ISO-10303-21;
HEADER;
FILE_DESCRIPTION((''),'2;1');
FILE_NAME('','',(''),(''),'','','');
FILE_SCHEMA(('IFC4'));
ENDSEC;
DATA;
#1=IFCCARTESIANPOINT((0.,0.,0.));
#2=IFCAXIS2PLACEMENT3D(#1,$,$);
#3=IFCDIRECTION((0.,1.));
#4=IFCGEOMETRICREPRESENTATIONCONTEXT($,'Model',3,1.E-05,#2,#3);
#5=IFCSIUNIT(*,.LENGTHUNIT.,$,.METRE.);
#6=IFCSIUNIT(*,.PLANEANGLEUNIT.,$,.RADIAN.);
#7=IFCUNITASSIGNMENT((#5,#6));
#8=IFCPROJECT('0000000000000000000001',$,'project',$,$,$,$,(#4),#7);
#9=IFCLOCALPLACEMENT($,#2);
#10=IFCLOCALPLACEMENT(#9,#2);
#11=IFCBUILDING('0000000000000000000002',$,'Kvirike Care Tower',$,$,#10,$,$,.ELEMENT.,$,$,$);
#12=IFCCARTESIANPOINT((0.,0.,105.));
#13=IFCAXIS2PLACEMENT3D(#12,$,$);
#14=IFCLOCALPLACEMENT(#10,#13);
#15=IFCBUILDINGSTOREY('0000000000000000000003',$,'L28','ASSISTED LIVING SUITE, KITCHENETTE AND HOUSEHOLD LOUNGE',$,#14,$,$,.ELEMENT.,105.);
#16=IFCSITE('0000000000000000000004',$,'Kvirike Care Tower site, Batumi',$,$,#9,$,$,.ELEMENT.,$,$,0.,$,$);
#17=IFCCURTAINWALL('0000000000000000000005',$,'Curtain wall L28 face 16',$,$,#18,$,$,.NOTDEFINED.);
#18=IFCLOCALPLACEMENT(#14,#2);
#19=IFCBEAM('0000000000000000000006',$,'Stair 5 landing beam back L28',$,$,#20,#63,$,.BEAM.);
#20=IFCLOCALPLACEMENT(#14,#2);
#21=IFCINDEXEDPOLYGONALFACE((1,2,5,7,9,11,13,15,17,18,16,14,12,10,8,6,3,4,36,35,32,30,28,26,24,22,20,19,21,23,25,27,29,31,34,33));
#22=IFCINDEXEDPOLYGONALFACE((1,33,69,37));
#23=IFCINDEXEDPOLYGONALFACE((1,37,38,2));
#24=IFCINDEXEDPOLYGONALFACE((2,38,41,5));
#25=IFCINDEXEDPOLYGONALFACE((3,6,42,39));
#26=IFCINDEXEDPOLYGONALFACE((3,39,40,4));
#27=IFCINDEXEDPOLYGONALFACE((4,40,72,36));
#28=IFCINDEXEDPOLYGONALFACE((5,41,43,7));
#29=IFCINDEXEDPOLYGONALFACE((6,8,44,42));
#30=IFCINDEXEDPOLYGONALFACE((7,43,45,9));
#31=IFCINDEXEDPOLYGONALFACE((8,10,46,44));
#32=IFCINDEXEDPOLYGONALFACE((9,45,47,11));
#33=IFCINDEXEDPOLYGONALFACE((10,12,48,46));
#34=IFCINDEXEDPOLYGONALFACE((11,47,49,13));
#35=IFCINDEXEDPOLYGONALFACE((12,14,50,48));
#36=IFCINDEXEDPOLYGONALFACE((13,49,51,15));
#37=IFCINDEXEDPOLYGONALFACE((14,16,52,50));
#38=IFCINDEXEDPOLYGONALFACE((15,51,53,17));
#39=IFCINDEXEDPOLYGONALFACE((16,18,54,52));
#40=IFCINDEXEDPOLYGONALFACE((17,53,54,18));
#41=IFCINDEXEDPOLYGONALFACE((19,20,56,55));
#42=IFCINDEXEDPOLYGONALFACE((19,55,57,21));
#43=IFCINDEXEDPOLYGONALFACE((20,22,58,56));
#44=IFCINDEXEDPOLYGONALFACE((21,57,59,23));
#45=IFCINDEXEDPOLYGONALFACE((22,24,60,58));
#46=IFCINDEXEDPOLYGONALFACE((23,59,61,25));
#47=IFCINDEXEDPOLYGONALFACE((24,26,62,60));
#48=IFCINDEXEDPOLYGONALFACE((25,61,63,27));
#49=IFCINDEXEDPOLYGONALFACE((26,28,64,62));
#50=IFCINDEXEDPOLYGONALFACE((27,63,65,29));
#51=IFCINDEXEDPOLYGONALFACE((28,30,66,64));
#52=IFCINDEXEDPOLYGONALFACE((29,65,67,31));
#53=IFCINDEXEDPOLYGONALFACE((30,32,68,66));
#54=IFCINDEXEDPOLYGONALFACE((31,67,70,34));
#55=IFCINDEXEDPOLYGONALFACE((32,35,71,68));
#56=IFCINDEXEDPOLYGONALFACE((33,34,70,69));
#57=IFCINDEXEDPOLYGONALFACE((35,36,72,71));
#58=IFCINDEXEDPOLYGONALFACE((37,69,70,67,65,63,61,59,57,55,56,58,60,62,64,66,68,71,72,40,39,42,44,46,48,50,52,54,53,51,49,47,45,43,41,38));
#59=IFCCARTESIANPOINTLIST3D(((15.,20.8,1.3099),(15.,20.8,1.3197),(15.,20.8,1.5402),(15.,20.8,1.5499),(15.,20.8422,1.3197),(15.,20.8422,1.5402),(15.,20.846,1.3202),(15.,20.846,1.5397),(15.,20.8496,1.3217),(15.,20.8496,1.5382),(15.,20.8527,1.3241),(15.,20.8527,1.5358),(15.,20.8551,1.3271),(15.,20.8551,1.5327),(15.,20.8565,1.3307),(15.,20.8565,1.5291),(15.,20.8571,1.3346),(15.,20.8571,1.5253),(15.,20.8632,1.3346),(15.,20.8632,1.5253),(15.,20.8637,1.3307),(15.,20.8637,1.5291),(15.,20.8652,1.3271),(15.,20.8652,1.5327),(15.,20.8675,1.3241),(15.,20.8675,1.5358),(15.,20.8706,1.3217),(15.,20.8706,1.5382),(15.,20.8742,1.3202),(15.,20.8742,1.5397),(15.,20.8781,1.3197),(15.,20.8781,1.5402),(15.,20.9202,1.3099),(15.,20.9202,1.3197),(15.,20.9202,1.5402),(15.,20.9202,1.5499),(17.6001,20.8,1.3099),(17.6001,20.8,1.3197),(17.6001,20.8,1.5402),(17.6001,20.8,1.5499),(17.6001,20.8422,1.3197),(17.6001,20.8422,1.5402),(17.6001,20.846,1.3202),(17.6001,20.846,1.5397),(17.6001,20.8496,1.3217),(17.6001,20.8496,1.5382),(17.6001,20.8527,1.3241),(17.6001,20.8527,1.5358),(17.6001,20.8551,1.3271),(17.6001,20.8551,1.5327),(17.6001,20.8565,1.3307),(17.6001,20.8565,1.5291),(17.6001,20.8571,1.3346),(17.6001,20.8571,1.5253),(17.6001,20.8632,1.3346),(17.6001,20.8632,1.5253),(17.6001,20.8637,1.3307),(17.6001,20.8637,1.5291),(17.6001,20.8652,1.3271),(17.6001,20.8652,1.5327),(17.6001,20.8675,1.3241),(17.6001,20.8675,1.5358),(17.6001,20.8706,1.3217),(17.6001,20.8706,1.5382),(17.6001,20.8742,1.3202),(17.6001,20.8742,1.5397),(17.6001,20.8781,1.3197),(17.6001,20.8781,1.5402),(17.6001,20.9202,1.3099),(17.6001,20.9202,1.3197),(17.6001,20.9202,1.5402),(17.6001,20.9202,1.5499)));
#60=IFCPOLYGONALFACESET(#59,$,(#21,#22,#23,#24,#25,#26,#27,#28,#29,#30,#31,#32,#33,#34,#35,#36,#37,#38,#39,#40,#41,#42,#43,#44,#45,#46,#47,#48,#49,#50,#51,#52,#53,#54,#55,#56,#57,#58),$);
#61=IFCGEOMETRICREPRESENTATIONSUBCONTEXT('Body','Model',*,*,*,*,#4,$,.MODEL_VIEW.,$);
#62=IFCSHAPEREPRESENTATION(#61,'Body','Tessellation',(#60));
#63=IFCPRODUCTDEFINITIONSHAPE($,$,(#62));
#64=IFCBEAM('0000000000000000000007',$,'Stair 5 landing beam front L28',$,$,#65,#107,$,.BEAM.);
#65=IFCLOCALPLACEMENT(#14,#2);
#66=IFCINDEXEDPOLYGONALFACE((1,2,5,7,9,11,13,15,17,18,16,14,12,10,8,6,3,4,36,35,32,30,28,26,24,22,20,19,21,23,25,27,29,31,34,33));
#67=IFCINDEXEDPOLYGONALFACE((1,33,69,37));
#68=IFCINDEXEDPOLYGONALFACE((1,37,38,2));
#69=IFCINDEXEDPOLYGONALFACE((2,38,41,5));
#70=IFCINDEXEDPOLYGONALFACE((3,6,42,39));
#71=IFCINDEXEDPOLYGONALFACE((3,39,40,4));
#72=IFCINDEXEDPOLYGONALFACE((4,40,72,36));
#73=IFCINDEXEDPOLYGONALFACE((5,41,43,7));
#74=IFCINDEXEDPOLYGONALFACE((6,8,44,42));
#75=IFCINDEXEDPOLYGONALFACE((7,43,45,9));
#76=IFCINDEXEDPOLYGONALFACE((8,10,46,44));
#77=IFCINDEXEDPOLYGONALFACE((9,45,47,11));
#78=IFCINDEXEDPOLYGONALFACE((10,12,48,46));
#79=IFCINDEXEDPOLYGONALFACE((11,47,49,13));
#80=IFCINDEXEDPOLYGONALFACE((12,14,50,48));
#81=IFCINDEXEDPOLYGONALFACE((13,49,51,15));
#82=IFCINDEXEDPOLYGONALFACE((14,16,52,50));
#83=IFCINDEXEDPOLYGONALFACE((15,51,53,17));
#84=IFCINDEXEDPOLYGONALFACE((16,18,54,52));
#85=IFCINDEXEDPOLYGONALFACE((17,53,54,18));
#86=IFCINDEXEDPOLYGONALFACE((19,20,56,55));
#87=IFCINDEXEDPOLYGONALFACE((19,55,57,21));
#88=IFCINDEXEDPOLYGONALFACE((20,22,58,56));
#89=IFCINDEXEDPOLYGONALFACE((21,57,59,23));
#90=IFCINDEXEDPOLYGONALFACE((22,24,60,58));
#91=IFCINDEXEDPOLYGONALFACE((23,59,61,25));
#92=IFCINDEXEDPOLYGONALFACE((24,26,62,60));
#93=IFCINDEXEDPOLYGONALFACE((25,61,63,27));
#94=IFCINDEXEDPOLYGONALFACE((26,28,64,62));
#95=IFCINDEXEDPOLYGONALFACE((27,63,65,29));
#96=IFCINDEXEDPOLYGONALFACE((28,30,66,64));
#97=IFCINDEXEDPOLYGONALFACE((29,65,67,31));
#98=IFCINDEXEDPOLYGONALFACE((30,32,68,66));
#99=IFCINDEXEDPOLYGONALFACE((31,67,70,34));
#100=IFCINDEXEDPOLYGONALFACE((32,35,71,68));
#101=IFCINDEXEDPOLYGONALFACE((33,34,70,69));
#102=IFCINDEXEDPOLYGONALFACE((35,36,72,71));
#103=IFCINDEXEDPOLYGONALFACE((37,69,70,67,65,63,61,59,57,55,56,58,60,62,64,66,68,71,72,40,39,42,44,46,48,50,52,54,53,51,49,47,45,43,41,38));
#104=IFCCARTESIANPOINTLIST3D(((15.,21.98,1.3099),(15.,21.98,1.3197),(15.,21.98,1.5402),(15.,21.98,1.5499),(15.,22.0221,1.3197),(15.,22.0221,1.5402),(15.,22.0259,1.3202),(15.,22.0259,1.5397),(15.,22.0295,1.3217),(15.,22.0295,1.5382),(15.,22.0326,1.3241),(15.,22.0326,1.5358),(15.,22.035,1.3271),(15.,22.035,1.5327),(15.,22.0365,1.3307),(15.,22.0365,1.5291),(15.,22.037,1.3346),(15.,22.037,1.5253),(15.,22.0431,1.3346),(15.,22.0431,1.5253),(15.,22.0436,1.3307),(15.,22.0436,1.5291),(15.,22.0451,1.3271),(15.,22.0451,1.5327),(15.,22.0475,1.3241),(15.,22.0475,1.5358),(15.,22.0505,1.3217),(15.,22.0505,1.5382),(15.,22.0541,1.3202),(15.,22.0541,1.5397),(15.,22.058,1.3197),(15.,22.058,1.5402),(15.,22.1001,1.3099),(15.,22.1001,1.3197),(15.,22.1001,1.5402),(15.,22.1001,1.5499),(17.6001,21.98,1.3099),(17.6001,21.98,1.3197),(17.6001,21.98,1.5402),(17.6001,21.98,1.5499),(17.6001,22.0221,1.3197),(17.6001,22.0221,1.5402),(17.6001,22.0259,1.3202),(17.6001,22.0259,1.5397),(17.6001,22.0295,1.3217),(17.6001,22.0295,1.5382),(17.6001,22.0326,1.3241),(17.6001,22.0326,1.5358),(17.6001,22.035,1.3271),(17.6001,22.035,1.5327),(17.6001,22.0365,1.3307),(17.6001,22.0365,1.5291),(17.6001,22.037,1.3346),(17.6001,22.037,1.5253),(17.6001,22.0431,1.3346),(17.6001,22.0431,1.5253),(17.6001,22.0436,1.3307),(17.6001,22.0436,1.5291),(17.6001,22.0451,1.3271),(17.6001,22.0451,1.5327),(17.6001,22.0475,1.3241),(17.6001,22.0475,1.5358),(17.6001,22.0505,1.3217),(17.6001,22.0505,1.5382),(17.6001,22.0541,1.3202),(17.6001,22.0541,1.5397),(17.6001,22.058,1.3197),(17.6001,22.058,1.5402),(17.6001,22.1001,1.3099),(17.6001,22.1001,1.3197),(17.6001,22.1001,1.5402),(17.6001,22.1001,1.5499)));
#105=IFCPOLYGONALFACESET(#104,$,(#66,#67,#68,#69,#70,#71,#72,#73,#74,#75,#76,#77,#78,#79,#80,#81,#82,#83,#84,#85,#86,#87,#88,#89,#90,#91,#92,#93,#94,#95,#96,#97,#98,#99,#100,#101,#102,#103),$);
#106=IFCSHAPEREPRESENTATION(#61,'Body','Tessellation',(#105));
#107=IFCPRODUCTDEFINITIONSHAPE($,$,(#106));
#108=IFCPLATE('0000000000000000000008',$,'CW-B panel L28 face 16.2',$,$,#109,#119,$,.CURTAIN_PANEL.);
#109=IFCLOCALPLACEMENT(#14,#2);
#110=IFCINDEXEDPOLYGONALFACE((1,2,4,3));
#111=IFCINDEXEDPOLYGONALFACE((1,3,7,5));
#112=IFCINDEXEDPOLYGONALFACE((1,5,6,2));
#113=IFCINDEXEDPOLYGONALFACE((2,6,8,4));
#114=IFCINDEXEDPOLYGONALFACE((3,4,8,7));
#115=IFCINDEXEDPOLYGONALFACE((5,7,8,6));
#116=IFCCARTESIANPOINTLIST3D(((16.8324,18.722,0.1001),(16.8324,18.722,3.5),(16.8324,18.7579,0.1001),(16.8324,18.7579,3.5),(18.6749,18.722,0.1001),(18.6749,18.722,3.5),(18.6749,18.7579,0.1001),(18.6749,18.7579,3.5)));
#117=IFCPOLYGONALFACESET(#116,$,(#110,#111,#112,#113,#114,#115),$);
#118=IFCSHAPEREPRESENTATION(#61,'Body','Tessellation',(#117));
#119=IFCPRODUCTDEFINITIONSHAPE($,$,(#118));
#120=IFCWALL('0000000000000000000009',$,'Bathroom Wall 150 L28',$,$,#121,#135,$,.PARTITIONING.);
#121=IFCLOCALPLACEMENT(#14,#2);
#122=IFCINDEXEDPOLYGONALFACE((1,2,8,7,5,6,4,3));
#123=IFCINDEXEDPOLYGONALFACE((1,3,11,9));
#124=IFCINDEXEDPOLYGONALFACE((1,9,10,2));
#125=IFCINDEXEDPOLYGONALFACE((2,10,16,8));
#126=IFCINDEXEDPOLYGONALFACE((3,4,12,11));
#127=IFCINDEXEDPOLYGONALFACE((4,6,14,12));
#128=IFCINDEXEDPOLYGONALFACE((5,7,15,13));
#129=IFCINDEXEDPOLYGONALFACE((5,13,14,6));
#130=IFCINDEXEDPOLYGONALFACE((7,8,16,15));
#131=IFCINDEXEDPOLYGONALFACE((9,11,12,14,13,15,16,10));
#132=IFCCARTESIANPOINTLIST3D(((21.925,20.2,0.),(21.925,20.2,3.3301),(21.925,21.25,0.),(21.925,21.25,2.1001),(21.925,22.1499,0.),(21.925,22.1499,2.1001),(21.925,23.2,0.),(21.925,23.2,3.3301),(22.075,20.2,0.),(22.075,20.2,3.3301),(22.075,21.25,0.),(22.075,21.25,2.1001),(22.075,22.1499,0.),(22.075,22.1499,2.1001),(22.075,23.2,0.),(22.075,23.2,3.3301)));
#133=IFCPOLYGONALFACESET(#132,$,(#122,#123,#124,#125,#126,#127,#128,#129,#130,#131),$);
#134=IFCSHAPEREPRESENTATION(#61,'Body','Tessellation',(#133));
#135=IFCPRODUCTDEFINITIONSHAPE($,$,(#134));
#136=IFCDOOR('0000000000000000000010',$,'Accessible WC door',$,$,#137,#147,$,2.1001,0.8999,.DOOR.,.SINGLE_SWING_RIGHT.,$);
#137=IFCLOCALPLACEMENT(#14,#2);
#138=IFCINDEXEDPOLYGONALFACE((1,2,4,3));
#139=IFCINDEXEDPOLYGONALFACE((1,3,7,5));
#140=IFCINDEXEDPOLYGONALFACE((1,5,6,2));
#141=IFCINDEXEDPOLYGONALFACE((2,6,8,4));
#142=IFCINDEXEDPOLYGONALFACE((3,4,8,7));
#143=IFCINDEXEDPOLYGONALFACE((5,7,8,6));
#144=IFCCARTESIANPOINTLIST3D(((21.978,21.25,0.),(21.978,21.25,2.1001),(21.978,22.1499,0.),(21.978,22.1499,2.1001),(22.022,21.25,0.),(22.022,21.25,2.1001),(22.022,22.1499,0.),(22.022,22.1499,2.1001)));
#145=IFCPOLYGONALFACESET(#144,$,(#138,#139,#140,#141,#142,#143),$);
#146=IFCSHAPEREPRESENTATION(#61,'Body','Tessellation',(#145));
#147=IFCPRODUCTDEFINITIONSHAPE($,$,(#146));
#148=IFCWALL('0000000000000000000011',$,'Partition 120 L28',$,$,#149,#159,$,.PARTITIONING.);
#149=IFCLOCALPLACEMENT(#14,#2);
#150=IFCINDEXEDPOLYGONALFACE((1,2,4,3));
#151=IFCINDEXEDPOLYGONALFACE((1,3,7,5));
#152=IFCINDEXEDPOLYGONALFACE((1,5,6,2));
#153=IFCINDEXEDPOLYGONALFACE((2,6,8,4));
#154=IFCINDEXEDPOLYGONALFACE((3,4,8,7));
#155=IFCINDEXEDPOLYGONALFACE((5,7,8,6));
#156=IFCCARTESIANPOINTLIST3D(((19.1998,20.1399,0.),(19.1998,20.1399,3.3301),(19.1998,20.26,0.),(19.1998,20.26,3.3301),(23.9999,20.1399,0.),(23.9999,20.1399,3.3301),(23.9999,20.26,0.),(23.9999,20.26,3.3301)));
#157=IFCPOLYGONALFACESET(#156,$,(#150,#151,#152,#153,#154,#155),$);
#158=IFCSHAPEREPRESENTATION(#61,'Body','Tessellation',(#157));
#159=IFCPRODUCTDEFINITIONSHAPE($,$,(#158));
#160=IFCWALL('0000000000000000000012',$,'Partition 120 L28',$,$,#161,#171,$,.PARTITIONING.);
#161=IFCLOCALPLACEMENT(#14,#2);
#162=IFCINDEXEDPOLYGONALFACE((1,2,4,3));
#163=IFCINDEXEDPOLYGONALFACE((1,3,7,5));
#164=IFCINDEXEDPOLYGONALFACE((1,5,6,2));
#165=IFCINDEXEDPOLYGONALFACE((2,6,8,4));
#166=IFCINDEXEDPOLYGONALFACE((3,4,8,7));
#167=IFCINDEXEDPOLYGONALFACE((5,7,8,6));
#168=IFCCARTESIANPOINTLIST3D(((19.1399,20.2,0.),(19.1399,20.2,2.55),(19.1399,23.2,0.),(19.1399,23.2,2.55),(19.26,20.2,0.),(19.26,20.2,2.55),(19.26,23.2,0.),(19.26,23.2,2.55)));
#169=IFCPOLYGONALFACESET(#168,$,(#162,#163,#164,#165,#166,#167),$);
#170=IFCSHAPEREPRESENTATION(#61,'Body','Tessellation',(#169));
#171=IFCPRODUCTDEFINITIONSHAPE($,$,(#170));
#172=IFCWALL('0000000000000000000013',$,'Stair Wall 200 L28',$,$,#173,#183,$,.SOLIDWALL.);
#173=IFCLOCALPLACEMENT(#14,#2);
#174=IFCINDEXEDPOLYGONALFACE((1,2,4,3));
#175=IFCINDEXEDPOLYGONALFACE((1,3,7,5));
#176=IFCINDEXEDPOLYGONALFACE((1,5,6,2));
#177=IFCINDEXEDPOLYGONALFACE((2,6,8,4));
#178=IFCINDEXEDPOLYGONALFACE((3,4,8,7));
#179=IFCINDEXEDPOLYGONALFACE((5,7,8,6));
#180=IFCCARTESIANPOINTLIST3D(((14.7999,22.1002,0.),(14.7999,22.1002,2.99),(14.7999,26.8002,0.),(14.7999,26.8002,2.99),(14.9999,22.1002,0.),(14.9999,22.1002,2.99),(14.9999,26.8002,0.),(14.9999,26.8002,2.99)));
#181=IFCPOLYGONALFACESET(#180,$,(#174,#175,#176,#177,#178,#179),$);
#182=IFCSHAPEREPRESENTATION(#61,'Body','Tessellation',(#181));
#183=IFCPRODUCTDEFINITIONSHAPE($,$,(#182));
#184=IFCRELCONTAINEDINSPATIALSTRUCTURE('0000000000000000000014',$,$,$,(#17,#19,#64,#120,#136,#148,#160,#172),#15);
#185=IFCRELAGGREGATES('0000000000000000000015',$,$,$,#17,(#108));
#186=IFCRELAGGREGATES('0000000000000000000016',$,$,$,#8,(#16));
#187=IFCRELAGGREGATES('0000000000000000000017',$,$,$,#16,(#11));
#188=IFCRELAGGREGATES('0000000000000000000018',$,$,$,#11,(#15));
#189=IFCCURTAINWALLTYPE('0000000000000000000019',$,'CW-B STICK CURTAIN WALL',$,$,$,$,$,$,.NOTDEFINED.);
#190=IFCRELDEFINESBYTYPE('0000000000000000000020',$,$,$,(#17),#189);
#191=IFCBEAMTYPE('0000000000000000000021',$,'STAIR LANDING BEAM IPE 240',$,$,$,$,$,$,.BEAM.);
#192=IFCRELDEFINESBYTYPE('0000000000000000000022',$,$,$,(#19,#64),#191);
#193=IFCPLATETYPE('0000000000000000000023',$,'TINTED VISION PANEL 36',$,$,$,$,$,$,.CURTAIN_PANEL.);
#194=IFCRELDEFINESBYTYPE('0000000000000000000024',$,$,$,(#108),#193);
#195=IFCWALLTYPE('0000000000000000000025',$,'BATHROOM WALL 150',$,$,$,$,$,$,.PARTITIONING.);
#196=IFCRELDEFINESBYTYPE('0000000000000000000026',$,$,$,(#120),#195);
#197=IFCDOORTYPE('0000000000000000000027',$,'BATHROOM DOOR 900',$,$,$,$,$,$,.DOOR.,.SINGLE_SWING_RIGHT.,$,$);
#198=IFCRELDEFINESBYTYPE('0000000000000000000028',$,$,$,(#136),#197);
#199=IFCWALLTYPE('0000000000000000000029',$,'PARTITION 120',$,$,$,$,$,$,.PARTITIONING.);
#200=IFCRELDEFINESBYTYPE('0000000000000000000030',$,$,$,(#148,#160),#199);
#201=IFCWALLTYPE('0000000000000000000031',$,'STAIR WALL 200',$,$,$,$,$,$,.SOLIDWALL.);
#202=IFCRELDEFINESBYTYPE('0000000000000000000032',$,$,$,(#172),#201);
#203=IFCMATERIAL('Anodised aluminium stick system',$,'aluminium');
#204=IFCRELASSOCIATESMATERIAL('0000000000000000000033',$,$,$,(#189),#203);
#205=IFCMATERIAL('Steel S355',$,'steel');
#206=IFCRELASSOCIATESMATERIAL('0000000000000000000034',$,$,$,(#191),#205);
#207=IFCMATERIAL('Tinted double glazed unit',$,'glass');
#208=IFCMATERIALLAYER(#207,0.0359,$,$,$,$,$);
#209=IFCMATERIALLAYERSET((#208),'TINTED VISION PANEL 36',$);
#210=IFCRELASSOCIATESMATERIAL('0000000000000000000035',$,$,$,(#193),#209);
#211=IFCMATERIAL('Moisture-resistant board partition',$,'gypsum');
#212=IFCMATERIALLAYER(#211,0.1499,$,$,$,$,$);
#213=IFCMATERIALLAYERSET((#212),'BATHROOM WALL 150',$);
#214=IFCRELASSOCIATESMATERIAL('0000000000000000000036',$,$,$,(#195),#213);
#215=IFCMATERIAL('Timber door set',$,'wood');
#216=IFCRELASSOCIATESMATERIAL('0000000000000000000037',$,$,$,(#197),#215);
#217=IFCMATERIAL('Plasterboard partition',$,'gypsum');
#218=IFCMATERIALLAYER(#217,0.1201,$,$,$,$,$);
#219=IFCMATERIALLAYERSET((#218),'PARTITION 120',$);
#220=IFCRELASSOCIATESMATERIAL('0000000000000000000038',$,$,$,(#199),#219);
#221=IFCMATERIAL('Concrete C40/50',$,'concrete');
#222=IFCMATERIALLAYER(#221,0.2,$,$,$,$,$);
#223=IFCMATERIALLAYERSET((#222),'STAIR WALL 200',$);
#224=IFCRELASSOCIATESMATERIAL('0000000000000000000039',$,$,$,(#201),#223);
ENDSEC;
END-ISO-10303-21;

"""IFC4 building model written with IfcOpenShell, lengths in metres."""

from ifc_helpers import new_model, si_unit, direction, frame, frame_2d, origin, origin_2d, place, context, subcontext, project, spatial, rectangle, i_section, extrude, material, layer, layer_set, material_profile, profile_set, type_object, element, fill, aggregate, save


model = new_model("IFC4")

# Units and contexts
model_context = context("Model", 3, precision=1e-05, world=origin(), true_north=direction((0.0, 1.0)))
body_context = subcontext(model_context, "Body", "Model", "MODEL_VIEW")
ifc_project = project(units=[si_unit("LENGTHUNIT", "METRE"), si_unit("PLANEANGLEUNIT", "RADIAN")], contexts=[model_context])

# Site, building, storey
site_placement = place(None, origin())
site = spatial("IfcSite", under=ifc_project, at=site_placement, Name="Kvirike Care Tower site, Batumi", CompositionType="ELEMENT", RefElevation=0.0)
building_placement = place(site_placement, origin())
building = spatial("IfcBuilding", under=site, at=building_placement, Name="Kvirike Care Tower", CompositionType="ELEMENT")
storey_placement = place(building_placement, frame((0.0, 0.0, 105.0)))
storey = spatial("IfcBuildingStorey", under=building, at=storey_placement, Name="L28", Description="ASSISTED LIVING SUITE, KITCHENETTE AND HOUSEHOLD LOUNGE", CompositionType="ELEMENT", Elevation=105.0)

# Curtain wall
ifc_material_1 = material(Name="Anodised aluminium stick system", Category="aluminium")
curtain_wall_type = type_object("IfcCurtainWallType", Name="CW-B STICK CURTAIN WALL", PredefinedType="NOTDEFINED", material=ifc_material_1)
curtain_wall_placement = place(storey_placement, origin())
curtain_wall = element("IfcCurtainWall", 1, at=curtain_wall_placement, inside=storey, type_object=curtain_wall_type, Name="Curtain wall L28 face 16", PredefinedType="NOTDEFINED")

# Beams
ifc_material_2 = material(Name="Steel S355", Category="steel")
ifc_material_profile_1 = material_profile(ifc_material_2, i_section(OverallWidth=0.1201, OverallDepth=0.24, WebThickness=0.0061, FlangeThickness=0.0098, FilletRadius=0.0149, at=origin_2d()), Name="IPE 240")
ifc_profile_set_1 = profile_set([ifc_material_profile_1], Name="Steel S355")
beam_type_1 = type_object("IfcBeamType", Name="STAIR LANDING BEAM IPE 240", PredefinedType="BEAM", material=ifc_profile_set_1)
for number, where, z_axis, x_axis, name in (
    (2, (15.0, 20.8601, 1.4299), (1.0, 0.0, 0.0), (0.0, 1.0, 0.0), "Stair 5 landing beam back L28"),
    (3, (15.0, 22.04, 1.4299), (1.0, 0.0, 0.0), (0.0, 1.0, 0.0), "Stair 5 landing beam front L28"),
):
    element("IfcBeam", number, at=place(storey_placement, frame(where, z_axis=z_axis, x_axis=x_axis)), inside=storey, type_object=beam_type_1, Name=name, PredefinedType="BEAM", context=body_context, shape_type="SweptSolid", body=[
        extrude(i_section(OverallWidth=0.1201, OverallDepth=0.24, WebThickness=0.0061, FlangeThickness=0.0098, FilletRadius=0.0149, at=origin_2d()), origin(), (0.0, 0.0, 1.0), 2.6001),
    ])

# Plate
ifc_material_3 = material(Name="Tinted double glazed unit", Category="glass")
ifc_layer_1 = layer(ifc_material_3, 0.0359)
ifc_layer_set_1 = layer_set([ifc_layer_1], Name="TINTED VISION PANEL 36")
plate_type = type_object("IfcPlateType", Name="TINTED VISION PANEL 36", PredefinedType="CURTAIN_PANEL", material=ifc_layer_set_1)
plate_placement = place(storey_placement, frame((17.7537, 18.74, 0.1001), z_axis=(0.0, 0.0, 1.0), x_axis=(1.0, 0.0, 0.0)))
plate = element("IfcPlate", 4, at=plate_placement, type_object=plate_type, Name="CW-B panel L28 face 16.2", PredefinedType="CURTAIN_PANEL", context=body_context, shape_type="SweptSolid", body=[
    extrude(rectangle(XDim=1.8425, YDim=0.0359, at=origin_2d()), origin(), (0.0, 0.0, 1.0), 3.3999),
])
aggregate(curtain_wall, [plate])

# Wall, opening, door
ifc_material_4 = material(Name="Moisture-resistant board partition", Category="gypsum")
ifc_layer_2 = layer(ifc_material_4, 0.1499)
ifc_layer_set_2 = layer_set([ifc_layer_2], Name="BATHROOM WALL 150")
wall_type_1 = type_object("IfcWallType", Name="BATHROOM WALL 150", PredefinedType="PARTITIONING", material=ifc_layer_set_2)
wall_1_placement = place(storey_placement, frame((22.0, 20.2, 0.0), z_axis=(0.0, 0.0, 1.0), x_axis=(0.0, 1.0, 0.0)))
wall_1 = element("IfcWall", 5, at=wall_1_placement, inside=storey, type_object=wall_type_1, Name="Bathroom Wall 150 L28", PredefinedType="PARTITIONING", context=body_context, shape_type="SweptSolid", body=[
    extrude(rectangle(XDim=3.0, YDim=0.1499, at=frame_2d((1.5, 0.0))), origin(), (0.0, 0.0, 1.0), 3.3301),
])
opening_placement = place(wall_1_placement, frame((1.05, 0.0, 0.0)))
opening = element("IfcOpeningElement", 6, at=opening_placement, cuts=wall_1, PredefinedType="OPENING", context=body_context, shape_type="SweptSolid", body=[
    extrude(rectangle(XDim=0.8999, YDim=2.1001, at=frame_2d((0.45, 1.05))), frame((0.0, 0.0854, 0.0), z_axis=(0.0, -1.0, 0.0), x_axis=(1.0, 0.0, 0.0)), (0.0, 0.0, 1.0), 0.1709),
])
ifc_material_5 = material(Name="Timber door set", Category="wood")
door_type = type_object("IfcDoorType", Name="BATHROOM DOOR 900", OperationType="SINGLE_SWING_RIGHT", PredefinedType="DOOR", material=ifc_material_5)
door_placement = place(opening_placement, origin())
door = element("IfcDoor", 7, at=door_placement, inside=storey, type_object=door_type, Name="Accessible WC door", OperationType="SINGLE_SWING_RIGHT", OverallHeight=2.1001, OverallWidth=0.8999, PredefinedType="DOOR", context=body_context, shape_type="SweptSolid", body=[
    extrude(rectangle(XDim=0.8999, YDim=2.1001, at=frame_2d((0.45, 1.05))), frame((0.0, 0.022, 0.0), z_axis=(0.0, -1.0, 0.0), x_axis=(1.0, 0.0, 0.0)), (0.0, 0.0, 1.0), 0.0439),
])
fill(opening, door)

# Walls
ifc_material_6 = material(Name="Plasterboard partition", Category="gypsum")
ifc_layer_3 = layer(ifc_material_6, 0.1201)
ifc_layer_set_3 = layer_set([ifc_layer_3], Name="PARTITION 120")
wall_type_2 = type_object("IfcWallType", Name="PARTITION 120", PredefinedType="PARTITIONING", material=ifc_layer_set_3)
wall_2_placement = place(storey_placement, frame((19.2, 20.2, 0.0), z_axis=(0.0, 0.0, 1.0), x_axis=(1.0, 0.0, 0.0)))
element("IfcWall", 8, at=wall_2_placement, inside=storey, type_object=wall_type_2, Name="Partition 120 L28", PredefinedType="PARTITIONING", context=body_context, shape_type="SweptSolid", body=[
    extrude(rectangle(XDim=4.8, YDim=0.1201, at=frame_2d((2.3999, 0.0))), origin(), (0.0, 0.0, 1.0), 3.3301),
])
wall_3_placement = place(storey_placement, frame((19.2, 20.2, 0.0), z_axis=(0.0, 0.0, 1.0), x_axis=(0.0, 1.0, 0.0)))
element("IfcWall", 9, at=wall_3_placement, inside=storey, type_object=wall_type_2, Name="Partition 120 L28", PredefinedType="PARTITIONING", context=body_context, shape_type="SweptSolid", body=[
    extrude(rectangle(XDim=3.0, YDim=0.1201, at=frame_2d((1.5, 0.0))), origin(), (0.0, 0.0, 1.0), 2.55),
])
ifc_material_7 = material(Name="Concrete C40/50", Category="concrete")
ifc_layer_4 = layer(ifc_material_7, 0.2)
ifc_layer_set_4 = layer_set([ifc_layer_4], Name="STAIR WALL 200")
wall_type_3 = type_object("IfcWallType", Name="STAIR WALL 200", PredefinedType="SOLIDWALL", material=ifc_layer_set_4)
wall_4_placement = place(storey_placement, frame((14.8999, 22.1001, 0.0), z_axis=(0.0, 0.0, 1.0), x_axis=(0.0, 1.0, 0.0)))
element("IfcWall", 10, at=wall_4_placement, inside=storey, type_object=wall_type_3, Name="Stair Wall 200 L28", PredefinedType="SOLIDWALL", context=body_context, shape_type="SweptSolid", body=[
    extrude(rectangle(XDim=4.7, YDim=0.2, at=frame_2d((2.3501, 0.0))), origin(), (0.0, 0.0, 1.0), 2.99),
])

save(model, "model.ifc")
